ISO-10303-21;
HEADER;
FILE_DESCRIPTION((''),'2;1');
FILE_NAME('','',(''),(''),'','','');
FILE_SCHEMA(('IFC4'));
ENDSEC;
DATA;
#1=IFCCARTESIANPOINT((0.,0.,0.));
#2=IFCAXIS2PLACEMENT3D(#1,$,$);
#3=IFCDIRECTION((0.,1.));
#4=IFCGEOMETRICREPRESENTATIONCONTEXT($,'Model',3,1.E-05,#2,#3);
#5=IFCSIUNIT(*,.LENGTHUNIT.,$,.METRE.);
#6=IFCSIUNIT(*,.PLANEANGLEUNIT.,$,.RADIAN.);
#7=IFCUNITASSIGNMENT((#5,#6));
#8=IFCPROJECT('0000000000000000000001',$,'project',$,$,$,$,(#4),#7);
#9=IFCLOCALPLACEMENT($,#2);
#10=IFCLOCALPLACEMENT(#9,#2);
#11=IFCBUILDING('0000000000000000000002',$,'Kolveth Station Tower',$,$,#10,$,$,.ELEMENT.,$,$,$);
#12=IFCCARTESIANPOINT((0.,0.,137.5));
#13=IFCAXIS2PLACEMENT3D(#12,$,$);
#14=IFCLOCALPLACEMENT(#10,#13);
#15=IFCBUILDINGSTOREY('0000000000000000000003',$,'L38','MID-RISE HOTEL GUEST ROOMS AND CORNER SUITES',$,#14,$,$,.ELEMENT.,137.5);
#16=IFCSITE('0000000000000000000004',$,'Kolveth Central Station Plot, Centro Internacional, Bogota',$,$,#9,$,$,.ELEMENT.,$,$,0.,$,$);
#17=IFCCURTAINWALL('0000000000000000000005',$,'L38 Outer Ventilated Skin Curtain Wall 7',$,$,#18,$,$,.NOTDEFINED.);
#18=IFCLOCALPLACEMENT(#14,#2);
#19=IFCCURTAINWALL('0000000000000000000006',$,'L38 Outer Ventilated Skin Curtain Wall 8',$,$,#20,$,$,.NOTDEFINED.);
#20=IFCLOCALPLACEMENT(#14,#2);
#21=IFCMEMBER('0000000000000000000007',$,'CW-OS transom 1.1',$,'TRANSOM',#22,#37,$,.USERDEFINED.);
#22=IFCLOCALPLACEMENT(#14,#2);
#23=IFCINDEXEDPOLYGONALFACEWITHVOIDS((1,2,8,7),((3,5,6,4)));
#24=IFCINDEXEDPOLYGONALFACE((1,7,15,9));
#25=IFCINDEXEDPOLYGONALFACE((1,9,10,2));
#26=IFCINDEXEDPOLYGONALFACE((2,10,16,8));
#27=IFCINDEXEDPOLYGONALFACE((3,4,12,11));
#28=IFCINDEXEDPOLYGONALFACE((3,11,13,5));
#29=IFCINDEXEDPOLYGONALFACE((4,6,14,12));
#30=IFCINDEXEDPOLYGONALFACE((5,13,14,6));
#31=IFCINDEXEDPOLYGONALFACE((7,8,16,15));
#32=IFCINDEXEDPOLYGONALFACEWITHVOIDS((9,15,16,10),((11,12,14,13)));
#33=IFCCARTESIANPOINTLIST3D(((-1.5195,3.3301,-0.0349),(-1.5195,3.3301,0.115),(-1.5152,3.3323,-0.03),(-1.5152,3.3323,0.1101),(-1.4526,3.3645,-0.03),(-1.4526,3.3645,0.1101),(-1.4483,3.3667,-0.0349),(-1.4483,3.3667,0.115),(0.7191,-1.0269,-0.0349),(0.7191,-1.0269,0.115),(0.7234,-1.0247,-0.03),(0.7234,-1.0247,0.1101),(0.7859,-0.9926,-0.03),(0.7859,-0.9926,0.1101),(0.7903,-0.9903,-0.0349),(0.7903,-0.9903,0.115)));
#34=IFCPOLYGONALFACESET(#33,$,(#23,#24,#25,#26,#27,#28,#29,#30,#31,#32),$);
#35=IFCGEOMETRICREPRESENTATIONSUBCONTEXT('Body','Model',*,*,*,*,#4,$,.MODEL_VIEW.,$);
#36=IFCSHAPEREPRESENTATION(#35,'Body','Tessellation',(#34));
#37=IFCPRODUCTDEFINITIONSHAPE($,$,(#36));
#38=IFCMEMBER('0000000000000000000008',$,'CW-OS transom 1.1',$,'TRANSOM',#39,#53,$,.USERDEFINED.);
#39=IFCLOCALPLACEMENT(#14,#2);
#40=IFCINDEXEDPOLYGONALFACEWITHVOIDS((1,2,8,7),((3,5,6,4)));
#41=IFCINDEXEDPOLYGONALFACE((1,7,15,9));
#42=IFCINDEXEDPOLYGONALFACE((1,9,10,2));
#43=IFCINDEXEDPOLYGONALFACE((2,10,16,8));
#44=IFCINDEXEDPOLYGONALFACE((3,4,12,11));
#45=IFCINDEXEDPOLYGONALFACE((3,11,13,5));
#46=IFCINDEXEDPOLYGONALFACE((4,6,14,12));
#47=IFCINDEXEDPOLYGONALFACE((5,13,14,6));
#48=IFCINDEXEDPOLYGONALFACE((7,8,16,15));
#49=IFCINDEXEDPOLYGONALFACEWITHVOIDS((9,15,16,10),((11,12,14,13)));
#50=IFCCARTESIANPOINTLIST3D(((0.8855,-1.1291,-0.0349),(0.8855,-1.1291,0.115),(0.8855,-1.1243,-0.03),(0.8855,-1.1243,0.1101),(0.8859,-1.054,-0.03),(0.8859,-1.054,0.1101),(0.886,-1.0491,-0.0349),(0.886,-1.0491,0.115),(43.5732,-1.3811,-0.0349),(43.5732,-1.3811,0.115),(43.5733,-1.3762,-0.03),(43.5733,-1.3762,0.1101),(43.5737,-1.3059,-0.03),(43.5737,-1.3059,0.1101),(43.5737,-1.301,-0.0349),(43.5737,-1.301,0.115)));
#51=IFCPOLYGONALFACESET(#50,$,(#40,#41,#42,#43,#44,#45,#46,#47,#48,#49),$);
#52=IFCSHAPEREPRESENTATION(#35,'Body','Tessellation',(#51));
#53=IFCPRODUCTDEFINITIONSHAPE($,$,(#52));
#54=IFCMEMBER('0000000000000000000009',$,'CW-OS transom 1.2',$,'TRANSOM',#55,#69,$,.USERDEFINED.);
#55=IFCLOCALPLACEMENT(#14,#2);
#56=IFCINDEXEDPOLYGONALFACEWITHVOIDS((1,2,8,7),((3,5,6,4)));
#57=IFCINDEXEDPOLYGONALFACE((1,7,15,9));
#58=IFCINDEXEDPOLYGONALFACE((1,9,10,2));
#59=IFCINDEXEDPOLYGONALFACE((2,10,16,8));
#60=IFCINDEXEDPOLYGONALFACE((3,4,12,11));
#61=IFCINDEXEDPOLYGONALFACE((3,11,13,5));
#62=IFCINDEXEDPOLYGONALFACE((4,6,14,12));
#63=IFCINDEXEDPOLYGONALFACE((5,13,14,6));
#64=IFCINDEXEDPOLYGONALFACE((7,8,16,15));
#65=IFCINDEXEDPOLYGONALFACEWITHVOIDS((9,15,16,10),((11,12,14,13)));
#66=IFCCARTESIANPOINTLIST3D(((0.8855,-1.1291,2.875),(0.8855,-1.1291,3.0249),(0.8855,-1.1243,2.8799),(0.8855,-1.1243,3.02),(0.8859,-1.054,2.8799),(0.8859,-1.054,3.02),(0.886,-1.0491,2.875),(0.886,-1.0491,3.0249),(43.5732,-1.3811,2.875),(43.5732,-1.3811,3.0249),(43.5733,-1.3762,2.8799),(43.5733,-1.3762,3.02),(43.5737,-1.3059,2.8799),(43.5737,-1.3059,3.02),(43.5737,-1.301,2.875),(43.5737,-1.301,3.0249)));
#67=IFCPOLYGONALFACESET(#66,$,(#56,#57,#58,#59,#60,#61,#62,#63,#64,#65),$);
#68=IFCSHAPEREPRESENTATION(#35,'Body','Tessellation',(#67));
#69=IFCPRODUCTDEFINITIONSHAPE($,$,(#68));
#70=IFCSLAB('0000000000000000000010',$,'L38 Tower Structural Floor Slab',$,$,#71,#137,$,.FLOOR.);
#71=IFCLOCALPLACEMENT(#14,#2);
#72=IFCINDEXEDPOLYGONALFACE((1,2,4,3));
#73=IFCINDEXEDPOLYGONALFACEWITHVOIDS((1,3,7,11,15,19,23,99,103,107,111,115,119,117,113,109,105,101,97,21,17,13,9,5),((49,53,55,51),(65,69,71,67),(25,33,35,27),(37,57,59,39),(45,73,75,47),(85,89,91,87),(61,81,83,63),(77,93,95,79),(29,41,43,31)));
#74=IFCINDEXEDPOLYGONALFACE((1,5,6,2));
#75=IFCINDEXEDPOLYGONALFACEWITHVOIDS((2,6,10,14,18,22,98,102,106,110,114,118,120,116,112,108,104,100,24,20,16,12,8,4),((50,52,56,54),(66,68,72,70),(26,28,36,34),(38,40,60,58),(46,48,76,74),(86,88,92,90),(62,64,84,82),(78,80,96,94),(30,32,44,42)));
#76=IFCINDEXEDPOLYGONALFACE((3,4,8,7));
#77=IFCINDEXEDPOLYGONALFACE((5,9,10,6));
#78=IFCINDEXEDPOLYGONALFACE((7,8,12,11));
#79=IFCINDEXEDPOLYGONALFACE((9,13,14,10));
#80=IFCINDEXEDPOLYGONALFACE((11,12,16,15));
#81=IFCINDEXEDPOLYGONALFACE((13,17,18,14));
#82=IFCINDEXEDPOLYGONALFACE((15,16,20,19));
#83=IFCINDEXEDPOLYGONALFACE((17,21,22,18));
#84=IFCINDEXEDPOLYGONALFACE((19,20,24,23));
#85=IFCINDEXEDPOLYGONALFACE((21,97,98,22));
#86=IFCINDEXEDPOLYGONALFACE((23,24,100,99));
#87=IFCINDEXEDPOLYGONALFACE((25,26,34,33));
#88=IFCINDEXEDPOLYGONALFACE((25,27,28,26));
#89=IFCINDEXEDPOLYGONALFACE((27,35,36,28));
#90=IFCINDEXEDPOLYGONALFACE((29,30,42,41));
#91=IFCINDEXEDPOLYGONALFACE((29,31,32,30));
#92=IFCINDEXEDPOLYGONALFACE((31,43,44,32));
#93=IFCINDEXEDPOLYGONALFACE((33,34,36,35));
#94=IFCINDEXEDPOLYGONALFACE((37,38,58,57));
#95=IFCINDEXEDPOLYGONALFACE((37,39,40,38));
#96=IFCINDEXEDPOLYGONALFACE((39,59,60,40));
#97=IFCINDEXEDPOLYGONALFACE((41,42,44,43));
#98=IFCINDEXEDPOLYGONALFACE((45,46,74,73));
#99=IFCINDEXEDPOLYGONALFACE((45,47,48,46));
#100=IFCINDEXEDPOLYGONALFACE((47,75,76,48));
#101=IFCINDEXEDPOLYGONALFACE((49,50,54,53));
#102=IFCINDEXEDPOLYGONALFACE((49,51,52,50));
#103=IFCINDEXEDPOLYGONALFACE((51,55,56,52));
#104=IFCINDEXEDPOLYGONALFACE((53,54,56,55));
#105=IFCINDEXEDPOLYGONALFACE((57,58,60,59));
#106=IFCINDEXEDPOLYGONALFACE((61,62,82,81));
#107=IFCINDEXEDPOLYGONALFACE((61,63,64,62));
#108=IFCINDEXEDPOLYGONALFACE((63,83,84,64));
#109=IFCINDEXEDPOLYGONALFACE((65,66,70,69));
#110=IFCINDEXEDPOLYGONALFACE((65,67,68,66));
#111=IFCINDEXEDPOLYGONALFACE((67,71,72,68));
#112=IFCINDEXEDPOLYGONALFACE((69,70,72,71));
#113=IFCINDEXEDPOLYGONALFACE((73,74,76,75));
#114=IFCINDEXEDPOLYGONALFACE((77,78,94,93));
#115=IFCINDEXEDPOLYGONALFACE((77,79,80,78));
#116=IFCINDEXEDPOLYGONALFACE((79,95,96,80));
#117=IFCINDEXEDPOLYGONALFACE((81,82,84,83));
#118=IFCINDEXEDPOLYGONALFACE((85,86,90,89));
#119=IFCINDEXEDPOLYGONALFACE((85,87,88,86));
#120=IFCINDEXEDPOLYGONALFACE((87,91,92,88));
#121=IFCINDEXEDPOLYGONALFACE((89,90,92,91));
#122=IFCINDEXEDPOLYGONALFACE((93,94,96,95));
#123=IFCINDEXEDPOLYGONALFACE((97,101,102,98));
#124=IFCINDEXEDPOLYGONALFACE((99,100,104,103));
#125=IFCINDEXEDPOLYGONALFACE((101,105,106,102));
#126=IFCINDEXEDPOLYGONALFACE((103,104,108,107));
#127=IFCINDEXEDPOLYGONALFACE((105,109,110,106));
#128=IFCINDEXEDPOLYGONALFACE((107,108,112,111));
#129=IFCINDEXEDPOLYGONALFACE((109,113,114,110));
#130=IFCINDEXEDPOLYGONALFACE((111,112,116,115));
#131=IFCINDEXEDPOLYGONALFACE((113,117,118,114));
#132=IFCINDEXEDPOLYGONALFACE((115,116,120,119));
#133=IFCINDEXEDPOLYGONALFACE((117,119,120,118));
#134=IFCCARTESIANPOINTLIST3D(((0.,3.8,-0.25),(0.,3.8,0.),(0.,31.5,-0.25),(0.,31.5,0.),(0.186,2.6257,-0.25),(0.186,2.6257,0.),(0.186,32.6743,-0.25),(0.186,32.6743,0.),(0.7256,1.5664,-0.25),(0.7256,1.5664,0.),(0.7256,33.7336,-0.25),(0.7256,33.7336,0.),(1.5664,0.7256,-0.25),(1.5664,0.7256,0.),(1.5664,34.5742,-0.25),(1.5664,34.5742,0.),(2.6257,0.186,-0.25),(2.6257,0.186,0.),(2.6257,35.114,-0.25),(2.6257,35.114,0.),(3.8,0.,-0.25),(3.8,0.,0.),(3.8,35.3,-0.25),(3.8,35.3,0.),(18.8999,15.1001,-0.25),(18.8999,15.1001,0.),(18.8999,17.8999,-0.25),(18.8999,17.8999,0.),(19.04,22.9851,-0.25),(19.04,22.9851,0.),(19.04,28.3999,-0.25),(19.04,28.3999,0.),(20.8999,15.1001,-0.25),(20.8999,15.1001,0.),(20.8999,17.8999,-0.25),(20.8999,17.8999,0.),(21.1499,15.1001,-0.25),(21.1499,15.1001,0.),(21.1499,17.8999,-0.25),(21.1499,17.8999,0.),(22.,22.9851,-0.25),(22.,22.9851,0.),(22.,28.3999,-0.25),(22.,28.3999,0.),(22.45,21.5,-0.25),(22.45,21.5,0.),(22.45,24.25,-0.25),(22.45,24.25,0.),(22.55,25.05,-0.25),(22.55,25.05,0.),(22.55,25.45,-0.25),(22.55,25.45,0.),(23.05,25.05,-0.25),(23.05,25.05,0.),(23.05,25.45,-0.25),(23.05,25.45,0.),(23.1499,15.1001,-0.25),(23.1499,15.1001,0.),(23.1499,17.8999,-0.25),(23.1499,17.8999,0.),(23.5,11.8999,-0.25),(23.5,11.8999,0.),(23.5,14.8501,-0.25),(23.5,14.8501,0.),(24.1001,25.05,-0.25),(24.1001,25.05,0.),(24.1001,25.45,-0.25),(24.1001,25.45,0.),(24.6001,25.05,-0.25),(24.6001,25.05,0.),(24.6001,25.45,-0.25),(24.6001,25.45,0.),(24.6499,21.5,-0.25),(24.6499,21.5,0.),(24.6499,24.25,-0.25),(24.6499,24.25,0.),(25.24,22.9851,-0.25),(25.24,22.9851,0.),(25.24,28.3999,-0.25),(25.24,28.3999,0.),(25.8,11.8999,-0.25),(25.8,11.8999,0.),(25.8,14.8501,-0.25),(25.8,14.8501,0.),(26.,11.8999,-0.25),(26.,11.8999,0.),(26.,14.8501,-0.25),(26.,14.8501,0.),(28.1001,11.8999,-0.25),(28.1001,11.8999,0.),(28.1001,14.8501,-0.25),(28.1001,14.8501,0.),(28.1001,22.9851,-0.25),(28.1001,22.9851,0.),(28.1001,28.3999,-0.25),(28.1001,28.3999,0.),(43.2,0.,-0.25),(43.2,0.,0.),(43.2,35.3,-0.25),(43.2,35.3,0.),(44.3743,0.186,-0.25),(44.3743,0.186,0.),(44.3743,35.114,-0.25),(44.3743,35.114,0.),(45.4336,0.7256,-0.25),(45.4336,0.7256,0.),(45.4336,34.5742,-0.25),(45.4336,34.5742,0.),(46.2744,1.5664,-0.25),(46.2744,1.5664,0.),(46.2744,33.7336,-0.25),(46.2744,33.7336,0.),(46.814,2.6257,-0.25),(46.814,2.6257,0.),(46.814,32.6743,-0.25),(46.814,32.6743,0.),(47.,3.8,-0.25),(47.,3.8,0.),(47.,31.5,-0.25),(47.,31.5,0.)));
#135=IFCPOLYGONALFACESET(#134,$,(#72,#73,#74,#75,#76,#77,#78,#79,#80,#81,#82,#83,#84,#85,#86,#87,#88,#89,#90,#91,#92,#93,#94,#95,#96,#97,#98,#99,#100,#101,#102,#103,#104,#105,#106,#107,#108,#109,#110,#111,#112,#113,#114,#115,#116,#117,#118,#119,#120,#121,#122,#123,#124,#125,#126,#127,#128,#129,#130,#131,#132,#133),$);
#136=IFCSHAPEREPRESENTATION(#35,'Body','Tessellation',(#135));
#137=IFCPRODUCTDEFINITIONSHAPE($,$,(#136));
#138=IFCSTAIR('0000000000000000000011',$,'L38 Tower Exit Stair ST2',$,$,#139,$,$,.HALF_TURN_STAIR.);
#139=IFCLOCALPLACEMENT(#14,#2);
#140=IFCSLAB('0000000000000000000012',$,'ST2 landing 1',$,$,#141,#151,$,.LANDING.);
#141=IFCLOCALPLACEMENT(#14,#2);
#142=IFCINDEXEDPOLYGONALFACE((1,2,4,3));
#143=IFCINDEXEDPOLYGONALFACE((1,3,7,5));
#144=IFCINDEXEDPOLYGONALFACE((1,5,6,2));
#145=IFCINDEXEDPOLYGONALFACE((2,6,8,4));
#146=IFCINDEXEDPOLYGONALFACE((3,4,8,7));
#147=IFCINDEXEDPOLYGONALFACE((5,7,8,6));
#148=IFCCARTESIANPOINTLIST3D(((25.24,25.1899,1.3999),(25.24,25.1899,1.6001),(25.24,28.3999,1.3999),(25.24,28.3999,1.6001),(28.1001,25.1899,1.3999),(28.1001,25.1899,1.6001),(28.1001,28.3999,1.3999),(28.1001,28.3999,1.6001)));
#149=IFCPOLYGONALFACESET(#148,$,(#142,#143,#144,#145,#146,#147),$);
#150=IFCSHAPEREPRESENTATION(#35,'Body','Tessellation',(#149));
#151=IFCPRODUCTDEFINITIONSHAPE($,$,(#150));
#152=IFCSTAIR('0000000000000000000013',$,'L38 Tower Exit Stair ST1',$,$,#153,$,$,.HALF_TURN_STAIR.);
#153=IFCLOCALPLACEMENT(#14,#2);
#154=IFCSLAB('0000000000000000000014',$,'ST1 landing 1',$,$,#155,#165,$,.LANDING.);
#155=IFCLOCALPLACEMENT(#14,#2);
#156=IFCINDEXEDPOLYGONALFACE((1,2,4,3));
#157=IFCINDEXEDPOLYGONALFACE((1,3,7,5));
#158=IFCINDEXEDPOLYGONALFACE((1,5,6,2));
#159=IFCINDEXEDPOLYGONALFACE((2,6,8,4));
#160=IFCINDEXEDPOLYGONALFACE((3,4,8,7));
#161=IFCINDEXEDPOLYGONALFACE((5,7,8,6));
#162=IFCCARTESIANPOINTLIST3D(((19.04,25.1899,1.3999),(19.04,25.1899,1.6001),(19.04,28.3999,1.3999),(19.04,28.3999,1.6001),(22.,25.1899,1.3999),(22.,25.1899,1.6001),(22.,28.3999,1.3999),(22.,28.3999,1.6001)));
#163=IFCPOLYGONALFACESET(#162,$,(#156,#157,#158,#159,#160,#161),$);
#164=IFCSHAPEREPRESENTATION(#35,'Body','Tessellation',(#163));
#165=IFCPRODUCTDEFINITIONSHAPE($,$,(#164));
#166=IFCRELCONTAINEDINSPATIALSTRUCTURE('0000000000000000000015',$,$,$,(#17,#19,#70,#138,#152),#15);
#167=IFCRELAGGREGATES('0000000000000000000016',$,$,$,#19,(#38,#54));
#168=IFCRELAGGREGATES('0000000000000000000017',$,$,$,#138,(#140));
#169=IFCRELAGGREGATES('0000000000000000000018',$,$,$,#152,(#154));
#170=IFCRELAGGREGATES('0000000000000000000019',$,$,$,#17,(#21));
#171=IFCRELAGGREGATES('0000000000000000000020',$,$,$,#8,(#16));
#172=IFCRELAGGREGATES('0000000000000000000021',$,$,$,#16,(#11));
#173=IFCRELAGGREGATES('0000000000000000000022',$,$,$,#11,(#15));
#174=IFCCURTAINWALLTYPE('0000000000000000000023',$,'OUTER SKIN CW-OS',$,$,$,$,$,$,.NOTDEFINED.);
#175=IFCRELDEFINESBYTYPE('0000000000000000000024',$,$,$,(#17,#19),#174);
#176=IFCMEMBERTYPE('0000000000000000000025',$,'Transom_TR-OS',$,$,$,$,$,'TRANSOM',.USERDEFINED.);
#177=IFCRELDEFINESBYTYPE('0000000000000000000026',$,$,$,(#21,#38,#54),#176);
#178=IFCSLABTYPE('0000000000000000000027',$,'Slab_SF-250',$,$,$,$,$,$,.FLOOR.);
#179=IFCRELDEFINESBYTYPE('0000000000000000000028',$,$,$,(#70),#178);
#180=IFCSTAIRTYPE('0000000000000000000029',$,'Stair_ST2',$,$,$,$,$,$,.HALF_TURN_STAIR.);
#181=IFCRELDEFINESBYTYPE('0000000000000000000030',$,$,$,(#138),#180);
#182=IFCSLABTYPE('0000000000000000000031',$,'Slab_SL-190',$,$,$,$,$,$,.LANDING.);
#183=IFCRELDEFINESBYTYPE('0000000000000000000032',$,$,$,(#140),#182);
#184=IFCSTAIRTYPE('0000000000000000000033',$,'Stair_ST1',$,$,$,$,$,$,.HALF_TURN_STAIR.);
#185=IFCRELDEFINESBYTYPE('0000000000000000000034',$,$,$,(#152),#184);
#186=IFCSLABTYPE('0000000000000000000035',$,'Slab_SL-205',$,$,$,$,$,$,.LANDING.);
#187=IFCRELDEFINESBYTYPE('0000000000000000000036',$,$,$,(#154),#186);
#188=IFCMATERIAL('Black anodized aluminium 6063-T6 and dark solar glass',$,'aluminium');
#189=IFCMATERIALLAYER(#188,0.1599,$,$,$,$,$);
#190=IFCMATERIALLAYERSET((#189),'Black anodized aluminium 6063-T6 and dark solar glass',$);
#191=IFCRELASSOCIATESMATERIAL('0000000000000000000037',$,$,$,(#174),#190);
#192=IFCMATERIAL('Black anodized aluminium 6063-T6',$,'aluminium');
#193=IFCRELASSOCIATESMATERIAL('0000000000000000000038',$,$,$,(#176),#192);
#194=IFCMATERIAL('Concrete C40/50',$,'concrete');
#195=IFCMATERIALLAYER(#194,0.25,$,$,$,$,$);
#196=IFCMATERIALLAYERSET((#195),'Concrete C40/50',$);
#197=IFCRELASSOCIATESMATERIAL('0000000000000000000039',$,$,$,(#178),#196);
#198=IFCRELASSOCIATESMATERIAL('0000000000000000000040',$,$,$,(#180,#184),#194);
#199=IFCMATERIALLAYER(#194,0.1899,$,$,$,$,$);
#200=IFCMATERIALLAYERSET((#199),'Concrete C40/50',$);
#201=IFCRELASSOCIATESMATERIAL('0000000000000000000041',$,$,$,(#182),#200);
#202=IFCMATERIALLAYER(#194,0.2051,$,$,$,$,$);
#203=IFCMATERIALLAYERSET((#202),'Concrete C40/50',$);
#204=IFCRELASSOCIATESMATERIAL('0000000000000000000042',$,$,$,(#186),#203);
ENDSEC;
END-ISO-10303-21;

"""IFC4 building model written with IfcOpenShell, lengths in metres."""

from ifc_helpers import new_model, si_unit, direction, frame, origin, origin_2d, place, context, subcontext, project, spatial, polyline, hollow_rectangle, outline, extrude, source, transform, mapped, material, layer, layer_set, material_profile, profile_set, type_object, element, aggregate, save


model = new_model("IFC4")

# Units and contexts
model_context = context("Model", 3, precision=1e-05, world=origin(), true_north=direction((0.0, 1.0)))
body_context = subcontext(model_context, "Body", "Model", "MODEL_VIEW")
ifc_project = project(units=[si_unit("LENGTHUNIT", "METRE"), si_unit("PLANEANGLEUNIT", "RADIAN")], contexts=[model_context])

# Site, building, storey
site_placement = place(None, origin())
site = spatial("IfcSite", under=ifc_project, at=site_placement, Name="Kolveth Central Station Plot, Centro Internacional, Bogota", CompositionType="ELEMENT", RefElevation=0.0)
building_placement = place(site_placement, origin())
building = spatial("IfcBuilding", under=site, at=building_placement, Name="Kolveth Station Tower", CompositionType="ELEMENT")
storey_placement = place(building_placement, frame((0.0, 0.0, 137.5)))
storey = spatial("IfcBuildingStorey", under=building, at=storey_placement, Name="L38", Description="MID-RISE HOTEL GUEST ROOMS AND CORNER SUITES", CompositionType="ELEMENT", Elevation=137.5)

# Shared definitions
ifc_material_1 = material(Name="Black anodized aluminium 6063-T6", Category="aluminium")

# Curtain walls
ifc_material_2 = material(Name="Black anodized aluminium 6063-T6 and dark solar glass", Category="aluminium")
ifc_layer_1 = layer(ifc_material_2, 0.1599)
ifc_layer_set_1 = layer_set([ifc_layer_1], Name="Black anodized aluminium 6063-T6 and dark solar glass")
curtain_wall_type_1 = type_object("IfcCurtainWallType", Name="OUTER SKIN CW-OS", PredefinedType="NOTDEFINED", material=ifc_layer_set_1)
curtain_wall_1_placement = place(storey_placement, origin())
curtain_wall_1 = element("IfcCurtainWall", 1, at=curtain_wall_1_placement, inside=storey, type_object=curtain_wall_type_1, Name="L38 Outer Ventilated Skin Curtain Wall 7", PredefinedType="NOTDEFINED")
curtain_wall_2_placement = place(storey_placement, origin())
curtain_wall_2 = element("IfcCurtainWall", 2, at=curtain_wall_2_placement, inside=storey, type_object=curtain_wall_type_1, Name="L38 Outer Ventilated Skin Curtain Wall 8", PredefinedType="NOTDEFINED")

# Members
ifc_material_profile_1 = material_profile(ifc_material_1, hollow_rectangle(XDim=0.0801, YDim=0.1499, WallThickness=0.0049, at=origin_2d()), Name="ALU-80x150x5")
ifc_profile_set_1 = profile_set([ifc_material_profile_1], Name="Black anodized aluminium 6063-T6")
member_type_1 = type_object("IfcMemberType", Name="Transom_TR-OS", ElementType="TRANSOM", PredefinedType="USERDEFINED", material=ifc_profile_set_1)
shared_shape_1 = source(origin(), body_context, "Body", "SweptSolid", [
    extrude(hollow_rectangle(XDim=0.0801, YDim=0.1499, WallThickness=0.0049, at=origin_2d()), origin(), (0.0, 0.0, 1.0), 4.8984),
])
member_1_placement = place(storey_placement, frame((-1.4839, 3.3484, 0.04), z_axis=(0.456995, -0.889469, 0.0), x_axis=(0.889469, 0.456995, 0.0)))
member_1 = element("IfcMember", 3, at=member_1_placement, type_object=member_type_1, Name="CW-OS transom 1.1", ObjectType="TRANSOM", PredefinedType="USERDEFINED", context=body_context, shape_type="MappedRepresentation", body=[
    mapped(shared_shape_1, transform((0.0, 0.0, 0.0), x_axis=(1.0, 0.0, 0.0), y_axis=(0.0, 1.0, 0.0), z_axis=(0.0, 0.0, 1.0), scale=1.0)),
])
shared_shape_2 = source(origin(), body_context, "Body", "SweptSolid", [
    extrude(hollow_rectangle(XDim=0.0801, YDim=0.1499, WallThickness=0.0049, at=origin_2d()), origin(), (0.0, 0.0, 1.0), 42.6885),
])
member_2_placement = place(storey_placement, frame((0.8857, -1.0891, 0.04), z_axis=(0.999983, -0.005902, 0.0), x_axis=(0.005902, 0.999983, 0.0)))
member_2 = element("IfcMember", 4, at=member_2_placement, type_object=member_type_1, Name="CW-OS transom 1.1", ObjectType="TRANSOM", PredefinedType="USERDEFINED", context=body_context, shape_type="MappedRepresentation", body=[
    mapped(shared_shape_2, transform((0.0, 0.0, 0.0), x_axis=(1.0, 0.0, 0.0), y_axis=(0.0, 1.0, 0.0), z_axis=(0.0, 0.0, 1.0), scale=1.0)),
])
member_3_placement = place(storey_placement, frame((0.8857, -1.0891, 2.95), z_axis=(0.999983, -0.005902, 0.0), x_axis=(0.005902, 0.999983, 0.0)))
member_3 = element("IfcMember", 5, at=member_3_placement, type_object=member_type_1, Name="CW-OS transom 1.2", ObjectType="TRANSOM", PredefinedType="USERDEFINED", context=body_context, shape_type="MappedRepresentation", body=[
    mapped(shared_shape_2, transform((0.0, 0.0, 0.0), x_axis=(1.0, 0.0, 0.0), y_axis=(0.0, 1.0, 0.0), z_axis=(0.0, 0.0, 1.0), scale=1.0)),
])
aggregate(curtain_wall_2, [member_2, member_3])

# Slab
ifc_material_3 = material(Name="Concrete C40/50", Category="concrete")
ifc_layer_2 = layer(ifc_material_3, 0.25)
ifc_layer_set_2 = layer_set([ifc_layer_2], Name="Concrete C40/50")
slab_type_1 = type_object("IfcSlabType", Name="Slab_SF-250", PredefinedType="FLOOR", material=ifc_layer_set_2)
slab_1_placement = place(storey_placement, frame((0.0, 0.0, -0.25)))
element("IfcSlab", 6, at=slab_1_placement, inside=storey, type_object=slab_type_1, Name="L38 Tower Structural Floor Slab", PredefinedType="FLOOR", context=body_context, shape_type="SweptSolid", body=[
    extrude(outline(polyline([(43.2, 0.0), (44.3743, 0.186), (45.4336, 0.7256), (46.2744, 1.5664), (46.814, 2.6257), (47.0, 3.8), (47.0, 31.5), (46.814, 32.6743), (46.2744, 33.7336), (45.4336, 34.5742), (44.3743, 35.114), (43.2, 35.3), (3.8, 35.3), (2.6257, 35.114), (1.5664, 34.5742), (0.7256, 33.7336), (0.186, 32.6743), (0.0, 31.5), (0.0, 3.8), (0.186, 2.6257), (0.7256, 1.5664), (1.5664, 0.7256), (2.6257, 0.186), (3.8, 0.0), (43.2, 0.0)]), holes=[polyline([(19.04, 22.9851), (22.0, 22.9851), (22.0, 28.3999), (19.04, 28.3999), (19.04, 22.9851)]), polyline([(25.24, 22.9851), (28.1001, 22.9851), (28.1001, 28.3999), (25.24, 28.3999), (25.24, 22.9851)]), polyline([(18.8999, 15.1001), (20.8999, 15.1001), (20.8999, 17.8999), (18.8999, 17.8999), (18.8999, 15.1001)]), polyline([(21.1499, 15.1001), (23.1499, 15.1001), (23.1499, 17.8999), (21.1499, 17.8999), (21.1499, 15.1001)]), polyline([(22.45, 21.5), (24.6499, 21.5), (24.6499, 24.25), (22.45, 24.25), (22.45, 21.5)]), polyline([(23.5, 11.8999), (25.8, 11.8999), (25.8, 14.8501), (23.5, 14.8501), (23.5, 11.8999)]), polyline([(26.0, 11.8999), (28.1001, 11.8999), (28.1001, 14.8501), (26.0, 14.8501), (26.0, 11.8999)]), polyline([(22.55, 25.05), (23.05, 25.05), (23.05, 25.45), (22.55, 25.45), (22.55, 25.05)]), polyline([(24.1001, 25.05), (24.6001, 25.05), (24.6001, 25.45), (24.1001, 25.45), (24.1001, 25.05)])]), origin(), (0.0, 0.0, 1.0), 0.25),
])

# Stairs, slabs
stair_type_1 = type_object("IfcStairType", Name="Stair_ST2", PredefinedType="HALF_TURN_STAIR", material=ifc_material_3)
stair_1_placement = place(storey_placement, origin())
stair_1 = element("IfcStair", 7, at=stair_1_placement, inside=storey, type_object=stair_type_1, Name="L38 Tower Exit Stair ST2", PredefinedType="HALF_TURN_STAIR")
ifc_layer_3 = layer(ifc_material_3, 0.1899)
ifc_layer_set_3 = layer_set([ifc_layer_3], Name="Concrete C40/50")
slab_type_2 = type_object("IfcSlabType", Name="Slab_SL-190", PredefinedType="LANDING", material=ifc_layer_set_3)
slab_2_placement = place(storey_placement, frame((0.0, 0.0, 1.3999)))
slab_2 = element("IfcSlab", 8, at=slab_2_placement, type_object=slab_type_2, Name="ST2 landing 1", PredefinedType="LANDING", context=body_context, shape_type="SweptSolid", body=[
    extrude(outline(polyline([(28.1001, 25.1899), (28.1001, 28.3999), (25.24, 28.3999), (25.24, 25.1899), (28.1001, 25.1899)])), origin(), (0.0, 0.0, 1.0), 0.2002),
])
aggregate(stair_1, [slab_2])
stair_type_2 = type_object("IfcStairType", Name="Stair_ST1", PredefinedType="HALF_TURN_STAIR", material=ifc_material_3)
stair_2_placement = place(storey_placement, origin())
stair_2 = element("IfcStair", 9, at=stair_2_placement, inside=storey, type_object=stair_type_2, Name="L38 Tower Exit Stair ST1", PredefinedType="HALF_TURN_STAIR")
ifc_layer_4 = layer(ifc_material_3, 0.2051)
ifc_layer_set_4 = layer_set([ifc_layer_4], Name="Concrete C40/50")
slab_type_3 = type_object("IfcSlabType", Name="Slab_SL-205", PredefinedType="LANDING", material=ifc_layer_set_4)
slab_3_placement = place(storey_placement, frame((0.0, 0.0, 1.3999)))
slab_3 = element("IfcSlab", 10, at=slab_3_placement, type_object=slab_type_3, Name="ST1 landing 1", PredefinedType="LANDING", context=body_context, shape_type="SweptSolid", body=[
    extrude(outline(polyline([(22.0, 25.1899), (22.0, 28.3999), (19.04, 28.3999), (19.04, 25.1899), (22.0, 25.1899)])), origin(), (0.0, 0.0, 1.0), 0.2002),
])
aggregate(stair_2, [slab_3])

aggregate(curtain_wall_1, [member_1])

save(model, "model.ifc")
